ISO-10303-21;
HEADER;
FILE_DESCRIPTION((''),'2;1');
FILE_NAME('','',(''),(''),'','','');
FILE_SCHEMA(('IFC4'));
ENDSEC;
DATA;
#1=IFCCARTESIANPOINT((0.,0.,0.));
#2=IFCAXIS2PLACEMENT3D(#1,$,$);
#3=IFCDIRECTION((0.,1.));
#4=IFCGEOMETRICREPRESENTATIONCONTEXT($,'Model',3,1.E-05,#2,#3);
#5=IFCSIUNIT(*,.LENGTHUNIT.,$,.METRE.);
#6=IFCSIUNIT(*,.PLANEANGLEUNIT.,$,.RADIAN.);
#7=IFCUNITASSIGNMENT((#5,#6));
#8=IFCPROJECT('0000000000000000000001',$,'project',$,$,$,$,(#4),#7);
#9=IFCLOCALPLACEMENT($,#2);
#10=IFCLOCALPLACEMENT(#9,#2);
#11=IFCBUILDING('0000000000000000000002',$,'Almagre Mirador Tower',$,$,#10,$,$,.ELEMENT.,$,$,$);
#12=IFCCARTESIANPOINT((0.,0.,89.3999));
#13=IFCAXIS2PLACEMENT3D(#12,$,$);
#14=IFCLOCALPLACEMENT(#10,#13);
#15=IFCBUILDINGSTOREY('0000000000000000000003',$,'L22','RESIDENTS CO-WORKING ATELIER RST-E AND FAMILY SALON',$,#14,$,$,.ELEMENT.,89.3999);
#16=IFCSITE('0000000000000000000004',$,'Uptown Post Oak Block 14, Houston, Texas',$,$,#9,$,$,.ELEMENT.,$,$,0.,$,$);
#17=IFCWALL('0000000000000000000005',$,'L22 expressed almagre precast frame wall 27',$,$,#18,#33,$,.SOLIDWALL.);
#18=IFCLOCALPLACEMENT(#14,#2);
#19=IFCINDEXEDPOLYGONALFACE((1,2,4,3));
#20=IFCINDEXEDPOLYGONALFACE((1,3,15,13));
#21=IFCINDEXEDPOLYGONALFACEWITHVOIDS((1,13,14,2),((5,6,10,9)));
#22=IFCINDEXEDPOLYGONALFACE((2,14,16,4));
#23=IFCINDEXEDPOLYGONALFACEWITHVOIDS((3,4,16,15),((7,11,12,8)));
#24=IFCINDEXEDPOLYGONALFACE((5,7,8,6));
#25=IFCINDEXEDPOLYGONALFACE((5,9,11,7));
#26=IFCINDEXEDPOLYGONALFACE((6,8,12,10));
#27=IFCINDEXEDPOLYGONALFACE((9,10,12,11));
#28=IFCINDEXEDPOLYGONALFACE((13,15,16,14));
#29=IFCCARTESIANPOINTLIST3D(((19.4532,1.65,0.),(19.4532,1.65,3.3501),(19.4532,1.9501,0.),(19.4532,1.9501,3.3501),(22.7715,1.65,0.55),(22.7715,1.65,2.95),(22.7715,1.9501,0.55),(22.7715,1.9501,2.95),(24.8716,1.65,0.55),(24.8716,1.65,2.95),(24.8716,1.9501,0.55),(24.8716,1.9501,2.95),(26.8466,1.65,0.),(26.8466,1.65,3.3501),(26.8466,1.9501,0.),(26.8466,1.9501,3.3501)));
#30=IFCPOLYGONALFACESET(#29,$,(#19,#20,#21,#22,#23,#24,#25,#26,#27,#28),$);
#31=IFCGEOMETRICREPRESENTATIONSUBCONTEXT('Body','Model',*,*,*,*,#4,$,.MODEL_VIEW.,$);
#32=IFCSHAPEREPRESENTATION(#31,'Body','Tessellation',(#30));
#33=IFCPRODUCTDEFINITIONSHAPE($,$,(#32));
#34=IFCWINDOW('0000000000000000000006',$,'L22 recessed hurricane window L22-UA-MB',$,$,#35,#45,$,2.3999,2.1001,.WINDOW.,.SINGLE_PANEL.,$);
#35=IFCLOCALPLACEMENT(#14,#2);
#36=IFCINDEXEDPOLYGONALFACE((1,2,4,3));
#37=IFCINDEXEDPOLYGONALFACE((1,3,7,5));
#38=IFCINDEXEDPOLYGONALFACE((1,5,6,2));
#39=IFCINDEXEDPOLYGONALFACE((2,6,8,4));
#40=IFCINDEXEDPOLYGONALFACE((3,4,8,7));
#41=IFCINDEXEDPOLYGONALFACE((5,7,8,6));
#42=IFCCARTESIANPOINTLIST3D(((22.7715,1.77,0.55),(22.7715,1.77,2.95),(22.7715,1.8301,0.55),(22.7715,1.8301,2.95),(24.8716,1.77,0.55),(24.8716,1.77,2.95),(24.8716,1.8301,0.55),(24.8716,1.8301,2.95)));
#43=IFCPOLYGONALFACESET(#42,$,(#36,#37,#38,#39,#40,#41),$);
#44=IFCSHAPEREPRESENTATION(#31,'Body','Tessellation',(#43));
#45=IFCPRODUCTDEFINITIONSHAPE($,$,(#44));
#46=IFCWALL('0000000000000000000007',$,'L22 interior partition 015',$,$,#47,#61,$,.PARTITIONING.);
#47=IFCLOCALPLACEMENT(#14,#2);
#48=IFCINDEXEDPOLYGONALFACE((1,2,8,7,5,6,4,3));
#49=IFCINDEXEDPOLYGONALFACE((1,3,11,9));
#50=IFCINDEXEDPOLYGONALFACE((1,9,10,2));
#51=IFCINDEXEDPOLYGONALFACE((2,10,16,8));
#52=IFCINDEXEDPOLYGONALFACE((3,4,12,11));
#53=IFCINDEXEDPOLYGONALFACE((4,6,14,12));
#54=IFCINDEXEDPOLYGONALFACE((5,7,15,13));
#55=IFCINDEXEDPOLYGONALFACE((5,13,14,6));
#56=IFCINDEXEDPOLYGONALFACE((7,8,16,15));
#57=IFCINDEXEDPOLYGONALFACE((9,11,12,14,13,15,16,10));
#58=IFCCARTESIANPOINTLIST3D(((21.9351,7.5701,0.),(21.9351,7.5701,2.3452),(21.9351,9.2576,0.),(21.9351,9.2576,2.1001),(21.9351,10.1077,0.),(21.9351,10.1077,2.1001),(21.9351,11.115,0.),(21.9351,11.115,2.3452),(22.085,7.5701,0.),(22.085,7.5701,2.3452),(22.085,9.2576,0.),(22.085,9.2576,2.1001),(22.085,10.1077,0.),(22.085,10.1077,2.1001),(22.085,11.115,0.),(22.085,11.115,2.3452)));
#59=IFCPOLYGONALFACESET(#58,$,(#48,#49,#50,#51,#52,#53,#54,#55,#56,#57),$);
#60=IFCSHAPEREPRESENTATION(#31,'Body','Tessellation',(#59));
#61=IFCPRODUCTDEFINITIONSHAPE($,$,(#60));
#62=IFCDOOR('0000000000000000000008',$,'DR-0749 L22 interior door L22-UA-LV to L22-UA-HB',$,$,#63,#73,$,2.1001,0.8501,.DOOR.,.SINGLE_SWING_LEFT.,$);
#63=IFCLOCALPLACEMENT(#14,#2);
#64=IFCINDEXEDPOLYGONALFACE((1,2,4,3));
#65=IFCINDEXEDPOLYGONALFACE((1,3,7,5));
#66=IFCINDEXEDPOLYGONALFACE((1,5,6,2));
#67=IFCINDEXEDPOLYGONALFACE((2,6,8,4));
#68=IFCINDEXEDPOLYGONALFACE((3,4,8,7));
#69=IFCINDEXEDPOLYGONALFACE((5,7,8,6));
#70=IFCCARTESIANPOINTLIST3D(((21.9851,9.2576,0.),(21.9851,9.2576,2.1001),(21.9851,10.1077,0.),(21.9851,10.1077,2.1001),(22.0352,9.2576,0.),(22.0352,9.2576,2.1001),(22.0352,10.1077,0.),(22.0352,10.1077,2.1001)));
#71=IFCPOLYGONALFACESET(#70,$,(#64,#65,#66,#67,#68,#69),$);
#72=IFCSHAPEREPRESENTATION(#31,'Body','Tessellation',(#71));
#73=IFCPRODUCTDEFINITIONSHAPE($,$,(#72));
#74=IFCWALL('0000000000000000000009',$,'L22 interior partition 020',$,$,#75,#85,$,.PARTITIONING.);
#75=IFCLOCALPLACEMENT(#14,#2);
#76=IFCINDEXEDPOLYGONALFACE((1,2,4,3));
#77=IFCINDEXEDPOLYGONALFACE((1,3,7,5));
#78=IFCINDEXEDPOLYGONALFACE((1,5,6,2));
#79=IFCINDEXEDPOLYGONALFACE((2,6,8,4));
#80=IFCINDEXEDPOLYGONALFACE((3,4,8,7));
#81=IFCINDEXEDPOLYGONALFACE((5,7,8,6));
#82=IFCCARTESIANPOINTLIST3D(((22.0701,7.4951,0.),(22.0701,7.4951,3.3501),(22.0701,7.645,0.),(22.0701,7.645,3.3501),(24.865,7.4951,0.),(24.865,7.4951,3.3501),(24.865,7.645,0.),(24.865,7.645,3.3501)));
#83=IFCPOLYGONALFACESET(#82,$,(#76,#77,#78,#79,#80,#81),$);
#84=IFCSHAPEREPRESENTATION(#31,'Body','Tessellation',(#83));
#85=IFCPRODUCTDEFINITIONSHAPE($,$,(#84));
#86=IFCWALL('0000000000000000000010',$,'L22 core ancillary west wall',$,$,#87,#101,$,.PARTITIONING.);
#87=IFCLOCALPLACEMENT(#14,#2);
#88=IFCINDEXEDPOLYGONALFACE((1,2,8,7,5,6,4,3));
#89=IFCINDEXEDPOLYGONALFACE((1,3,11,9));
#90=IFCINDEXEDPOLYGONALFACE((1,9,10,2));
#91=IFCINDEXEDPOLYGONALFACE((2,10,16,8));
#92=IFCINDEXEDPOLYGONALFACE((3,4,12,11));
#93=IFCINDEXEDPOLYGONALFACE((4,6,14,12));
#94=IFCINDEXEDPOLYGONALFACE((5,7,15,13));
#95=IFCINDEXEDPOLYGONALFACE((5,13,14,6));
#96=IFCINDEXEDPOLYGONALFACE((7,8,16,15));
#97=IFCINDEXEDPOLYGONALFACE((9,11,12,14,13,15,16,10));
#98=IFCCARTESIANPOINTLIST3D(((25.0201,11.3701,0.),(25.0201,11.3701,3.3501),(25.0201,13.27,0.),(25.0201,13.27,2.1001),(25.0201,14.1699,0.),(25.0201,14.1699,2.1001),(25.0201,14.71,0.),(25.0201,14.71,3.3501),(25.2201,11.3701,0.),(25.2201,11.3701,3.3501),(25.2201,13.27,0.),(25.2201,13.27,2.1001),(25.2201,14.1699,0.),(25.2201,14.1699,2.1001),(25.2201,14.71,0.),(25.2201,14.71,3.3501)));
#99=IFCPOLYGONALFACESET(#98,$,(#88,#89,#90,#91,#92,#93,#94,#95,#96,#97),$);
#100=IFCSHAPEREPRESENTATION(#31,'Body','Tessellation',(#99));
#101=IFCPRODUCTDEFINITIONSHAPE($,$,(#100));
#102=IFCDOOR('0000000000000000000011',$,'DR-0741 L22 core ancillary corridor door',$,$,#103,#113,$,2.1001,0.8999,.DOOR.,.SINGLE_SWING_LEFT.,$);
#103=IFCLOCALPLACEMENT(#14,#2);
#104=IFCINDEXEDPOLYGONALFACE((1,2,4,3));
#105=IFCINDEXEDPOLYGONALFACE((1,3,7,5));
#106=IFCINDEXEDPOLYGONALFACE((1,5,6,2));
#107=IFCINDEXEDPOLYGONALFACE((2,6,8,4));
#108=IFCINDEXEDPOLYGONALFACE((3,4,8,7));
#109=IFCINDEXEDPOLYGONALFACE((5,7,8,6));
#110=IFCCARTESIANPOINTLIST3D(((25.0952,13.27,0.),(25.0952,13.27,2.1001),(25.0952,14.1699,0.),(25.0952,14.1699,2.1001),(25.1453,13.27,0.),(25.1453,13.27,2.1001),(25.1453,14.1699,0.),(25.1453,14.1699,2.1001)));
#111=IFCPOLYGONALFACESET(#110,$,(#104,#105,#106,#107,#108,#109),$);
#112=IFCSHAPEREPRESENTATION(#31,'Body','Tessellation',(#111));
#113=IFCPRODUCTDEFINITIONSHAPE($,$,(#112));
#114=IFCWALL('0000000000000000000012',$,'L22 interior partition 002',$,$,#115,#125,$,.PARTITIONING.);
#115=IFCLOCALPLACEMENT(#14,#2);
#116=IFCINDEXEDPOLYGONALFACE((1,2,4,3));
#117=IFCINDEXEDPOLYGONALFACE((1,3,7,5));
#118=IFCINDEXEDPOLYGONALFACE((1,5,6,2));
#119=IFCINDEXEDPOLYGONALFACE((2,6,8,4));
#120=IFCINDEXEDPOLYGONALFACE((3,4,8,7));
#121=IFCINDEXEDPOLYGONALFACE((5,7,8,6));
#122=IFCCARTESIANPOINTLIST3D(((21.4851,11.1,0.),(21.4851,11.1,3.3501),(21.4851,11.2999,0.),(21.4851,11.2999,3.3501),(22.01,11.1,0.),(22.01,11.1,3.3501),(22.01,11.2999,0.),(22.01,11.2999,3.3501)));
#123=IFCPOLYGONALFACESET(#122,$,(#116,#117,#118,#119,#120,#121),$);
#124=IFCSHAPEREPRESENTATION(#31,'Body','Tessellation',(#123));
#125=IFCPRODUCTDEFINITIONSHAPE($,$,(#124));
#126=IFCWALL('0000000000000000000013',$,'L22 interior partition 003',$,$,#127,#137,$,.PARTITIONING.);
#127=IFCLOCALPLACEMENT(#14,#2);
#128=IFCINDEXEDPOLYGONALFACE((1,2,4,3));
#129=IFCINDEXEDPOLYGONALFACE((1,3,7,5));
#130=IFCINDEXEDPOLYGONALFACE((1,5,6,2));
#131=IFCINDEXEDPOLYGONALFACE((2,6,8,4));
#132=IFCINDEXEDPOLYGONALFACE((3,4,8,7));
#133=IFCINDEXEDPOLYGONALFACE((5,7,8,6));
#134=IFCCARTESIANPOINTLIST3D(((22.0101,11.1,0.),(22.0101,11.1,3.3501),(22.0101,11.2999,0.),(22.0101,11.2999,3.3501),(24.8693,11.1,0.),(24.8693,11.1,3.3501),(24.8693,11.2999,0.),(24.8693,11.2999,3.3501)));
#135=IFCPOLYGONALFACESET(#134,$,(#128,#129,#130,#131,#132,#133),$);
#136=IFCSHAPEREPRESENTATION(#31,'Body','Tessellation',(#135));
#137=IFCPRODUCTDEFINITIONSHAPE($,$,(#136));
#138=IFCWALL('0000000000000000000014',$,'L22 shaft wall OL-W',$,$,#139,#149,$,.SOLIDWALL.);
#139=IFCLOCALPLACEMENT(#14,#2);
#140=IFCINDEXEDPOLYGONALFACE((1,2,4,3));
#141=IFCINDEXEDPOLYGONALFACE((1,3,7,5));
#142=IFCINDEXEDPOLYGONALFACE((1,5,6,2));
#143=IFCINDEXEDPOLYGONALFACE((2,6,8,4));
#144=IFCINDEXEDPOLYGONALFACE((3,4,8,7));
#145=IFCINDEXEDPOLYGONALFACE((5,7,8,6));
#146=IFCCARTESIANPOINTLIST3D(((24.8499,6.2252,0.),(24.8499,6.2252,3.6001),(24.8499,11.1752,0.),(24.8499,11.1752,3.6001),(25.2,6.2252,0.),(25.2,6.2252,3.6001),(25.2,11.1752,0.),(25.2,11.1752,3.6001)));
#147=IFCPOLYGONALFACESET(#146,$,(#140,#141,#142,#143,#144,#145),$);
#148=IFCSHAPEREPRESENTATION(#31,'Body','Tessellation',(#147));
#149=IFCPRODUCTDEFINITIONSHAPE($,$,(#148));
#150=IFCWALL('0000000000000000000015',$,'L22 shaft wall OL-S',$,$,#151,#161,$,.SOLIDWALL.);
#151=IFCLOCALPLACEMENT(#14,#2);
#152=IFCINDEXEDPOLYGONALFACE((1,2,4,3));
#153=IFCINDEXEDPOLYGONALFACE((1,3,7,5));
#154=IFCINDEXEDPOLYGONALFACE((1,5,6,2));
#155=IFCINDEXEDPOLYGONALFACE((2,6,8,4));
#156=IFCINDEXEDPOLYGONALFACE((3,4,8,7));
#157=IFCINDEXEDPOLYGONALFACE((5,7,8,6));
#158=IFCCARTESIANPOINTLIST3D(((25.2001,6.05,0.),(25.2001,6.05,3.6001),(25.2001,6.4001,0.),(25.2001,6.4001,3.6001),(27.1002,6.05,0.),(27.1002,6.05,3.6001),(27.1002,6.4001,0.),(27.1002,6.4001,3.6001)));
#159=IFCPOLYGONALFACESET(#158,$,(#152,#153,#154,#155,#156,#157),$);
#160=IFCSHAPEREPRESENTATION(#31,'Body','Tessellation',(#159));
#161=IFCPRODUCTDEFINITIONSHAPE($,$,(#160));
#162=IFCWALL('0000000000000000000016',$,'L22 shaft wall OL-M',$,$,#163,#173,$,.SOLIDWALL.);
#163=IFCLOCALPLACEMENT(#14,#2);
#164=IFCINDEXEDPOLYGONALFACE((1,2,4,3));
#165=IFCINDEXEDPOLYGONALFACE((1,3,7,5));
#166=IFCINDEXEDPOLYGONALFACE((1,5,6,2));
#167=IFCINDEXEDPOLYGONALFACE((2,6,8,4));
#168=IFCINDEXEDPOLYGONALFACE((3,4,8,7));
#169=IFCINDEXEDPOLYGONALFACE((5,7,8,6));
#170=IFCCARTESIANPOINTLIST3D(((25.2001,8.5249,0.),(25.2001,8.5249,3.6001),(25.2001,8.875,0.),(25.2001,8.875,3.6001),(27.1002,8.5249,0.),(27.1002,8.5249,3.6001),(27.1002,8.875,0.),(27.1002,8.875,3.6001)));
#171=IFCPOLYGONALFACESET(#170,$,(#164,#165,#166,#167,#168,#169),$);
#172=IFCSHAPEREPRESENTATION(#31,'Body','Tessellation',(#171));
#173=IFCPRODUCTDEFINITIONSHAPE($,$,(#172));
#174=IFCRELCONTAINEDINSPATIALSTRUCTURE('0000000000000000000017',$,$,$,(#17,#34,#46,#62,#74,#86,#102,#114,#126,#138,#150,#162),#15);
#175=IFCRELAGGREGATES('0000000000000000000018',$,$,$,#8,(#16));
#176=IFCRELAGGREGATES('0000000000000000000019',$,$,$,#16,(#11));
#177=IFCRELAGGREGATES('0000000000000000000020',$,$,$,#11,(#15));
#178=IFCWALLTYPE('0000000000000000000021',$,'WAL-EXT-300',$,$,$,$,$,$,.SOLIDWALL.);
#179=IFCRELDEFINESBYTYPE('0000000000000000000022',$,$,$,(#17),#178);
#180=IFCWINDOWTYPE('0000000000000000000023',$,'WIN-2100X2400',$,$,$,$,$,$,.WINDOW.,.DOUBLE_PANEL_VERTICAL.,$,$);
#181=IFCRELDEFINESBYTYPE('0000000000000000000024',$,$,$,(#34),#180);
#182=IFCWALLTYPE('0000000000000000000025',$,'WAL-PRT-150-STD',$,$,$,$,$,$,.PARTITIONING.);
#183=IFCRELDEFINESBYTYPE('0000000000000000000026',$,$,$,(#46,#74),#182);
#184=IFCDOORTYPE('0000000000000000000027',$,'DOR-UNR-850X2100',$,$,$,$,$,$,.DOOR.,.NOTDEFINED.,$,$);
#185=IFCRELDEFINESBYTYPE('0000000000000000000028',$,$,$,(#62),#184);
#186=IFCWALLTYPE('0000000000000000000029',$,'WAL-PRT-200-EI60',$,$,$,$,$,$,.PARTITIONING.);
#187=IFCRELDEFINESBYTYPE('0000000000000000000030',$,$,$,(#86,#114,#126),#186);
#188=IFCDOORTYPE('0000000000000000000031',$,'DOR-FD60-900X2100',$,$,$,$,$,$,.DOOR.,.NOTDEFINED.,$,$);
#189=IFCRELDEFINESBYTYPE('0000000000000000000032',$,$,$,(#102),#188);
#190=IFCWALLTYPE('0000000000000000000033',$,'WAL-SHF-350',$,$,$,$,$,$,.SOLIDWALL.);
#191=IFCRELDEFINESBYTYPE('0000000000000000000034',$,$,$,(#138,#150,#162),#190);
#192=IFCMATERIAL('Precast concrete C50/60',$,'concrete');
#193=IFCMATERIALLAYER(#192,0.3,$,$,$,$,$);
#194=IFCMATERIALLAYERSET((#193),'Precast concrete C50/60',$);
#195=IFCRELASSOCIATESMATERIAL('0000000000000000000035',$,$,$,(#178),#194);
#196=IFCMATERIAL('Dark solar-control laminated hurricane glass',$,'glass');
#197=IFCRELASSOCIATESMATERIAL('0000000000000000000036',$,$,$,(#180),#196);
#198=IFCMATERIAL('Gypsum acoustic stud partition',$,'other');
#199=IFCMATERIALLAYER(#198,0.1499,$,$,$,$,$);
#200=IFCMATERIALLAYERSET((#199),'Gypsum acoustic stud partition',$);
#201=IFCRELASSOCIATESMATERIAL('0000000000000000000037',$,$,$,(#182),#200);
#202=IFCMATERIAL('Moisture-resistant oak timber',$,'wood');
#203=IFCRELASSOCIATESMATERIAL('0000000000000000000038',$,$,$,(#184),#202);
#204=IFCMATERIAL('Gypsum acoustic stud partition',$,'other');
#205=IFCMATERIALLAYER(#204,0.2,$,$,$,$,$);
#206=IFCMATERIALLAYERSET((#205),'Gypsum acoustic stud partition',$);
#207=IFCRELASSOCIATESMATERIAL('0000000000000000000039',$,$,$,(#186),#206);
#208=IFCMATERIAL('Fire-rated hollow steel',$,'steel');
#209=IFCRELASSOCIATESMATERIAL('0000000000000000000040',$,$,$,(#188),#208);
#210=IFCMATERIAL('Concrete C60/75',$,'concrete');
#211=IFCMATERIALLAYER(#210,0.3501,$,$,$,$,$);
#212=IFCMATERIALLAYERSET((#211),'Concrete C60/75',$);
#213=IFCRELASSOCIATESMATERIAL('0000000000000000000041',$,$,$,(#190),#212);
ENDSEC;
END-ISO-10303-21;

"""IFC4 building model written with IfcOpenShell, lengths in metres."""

from ifc_helpers import new_model, si_unit, direction, frame, frame_2d, origin, place, context, subcontext, project, spatial, rectangle, extrude, material, layer, layer_set, type_object, element, fill, save


model = new_model("IFC4")

# Units and contexts
model_context = context("Model", 3, precision=1e-05, world=origin(), true_north=direction((0.0, 1.0)))
body_context = subcontext(model_context, "Body", "Model", "MODEL_VIEW")
ifc_project = project(units=[si_unit("LENGTHUNIT", "METRE"), si_unit("PLANEANGLEUNIT", "RADIAN")], contexts=[model_context])

# Site, building, storey
site_placement = place(None, origin())
site = spatial("IfcSite", under=ifc_project, at=site_placement, Name="Uptown Post Oak Block 14, Houston, Texas", CompositionType="ELEMENT", RefElevation=0.0)
building_placement = place(site_placement, origin())
building = spatial("IfcBuilding", under=site, at=building_placement, Name="Almagre Mirador Tower", CompositionType="ELEMENT")
storey_placement = place(building_placement, frame((0.0, 0.0, 89.3999)))
storey = spatial("IfcBuildingStorey", under=building, at=storey_placement, Name="L22", Description="RESIDENTS CO-WORKING ATELIER RST-E AND FAMILY SALON", CompositionType="ELEMENT", Elevation=89.3999)

# Wall, opening, window
ifc_material_1 = material(Name="Precast concrete C50/60", Category="concrete")
ifc_layer_1 = layer(ifc_material_1, 0.3)
ifc_layer_set_1 = layer_set([ifc_layer_1], Name="Precast concrete C50/60")
wall_type_1 = type_object("IfcWallType", Name="WAL-EXT-300", PredefinedType="SOLIDWALL", material=ifc_layer_set_1)
wall_1_placement = place(storey_placement, frame((26.8467, 1.8, 0.0), z_axis=(0.0, 0.0, 1.0), x_axis=(-1.0, 0.0, 0.0)))
wall_1 = element("IfcWall", 1, at=wall_1_placement, inside=storey, type_object=wall_type_1, Name="L22 expressed almagre precast frame wall 27", PredefinedType="SOLIDWALL", context=body_context, shape_type="SweptSolid", body=[
    extrude(rectangle(XDim=7.3933, YDim=0.3, at=frame_2d((3.6968, 0.0))), origin(), (0.0, 0.0, 1.0), 3.3501),
])
opening_1_placement = place(wall_1_placement, frame((1.9751, 0.0, 0.55)))
opening_1 = element("IfcOpeningElement", 2, at=opening_1_placement, cuts=wall_1, PredefinedType="OPENING", context=body_context, shape_type="SweptSolid", body=[
    extrude(rectangle(XDim=2.1001, YDim=2.3999, at=frame_2d((1.05, 1.2))), frame((0.0, 0.1599, 0.0), z_axis=(0.0, -1.0, 0.0), x_axis=(1.0, 0.0, 0.0)), (0.0, 0.0, 1.0), 0.32),
])
ifc_material_2 = material(Name="Dark solar-control laminated hurricane glass", Category="glass")
window_type = type_object("IfcWindowType", Name="WIN-2100X2400", PartitioningType="DOUBLE_PANEL_VERTICAL", PredefinedType="WINDOW", material=ifc_material_2)
window_placement = place(opening_1_placement, origin())
window = element("IfcWindow", 3, at=window_placement, inside=storey, type_object=window_type, Name="L22 recessed hurricane window L22-UA-MB", OverallHeight=2.3999, OverallWidth=2.1001, PartitioningType="SINGLE_PANEL", PredefinedType="WINDOW", context=body_context, shape_type="SweptSolid", body=[
    extrude(rectangle(XDim=2.1001, YDim=2.3999, at=frame_2d((1.05, 1.2))), frame((0.0, 0.03, 0.0), z_axis=(0.0, -1.0, 0.0), x_axis=(1.0, 0.0, 0.0)), (0.0, 0.0, 1.0), 0.0601),
])
fill(opening_1, window)

# Wall, opening, door
ifc_material_3 = material(Name="Gypsum acoustic stud partition", Category="other")
ifc_layer_2 = layer(ifc_material_3, 0.1499)
ifc_layer_set_2 = layer_set([ifc_layer_2], Name="Gypsum acoustic stud partition")
wall_type_2 = type_object("IfcWallType", Name="WAL-PRT-150-STD", PredefinedType="PARTITIONING", material=ifc_layer_set_2)
wall_2_placement = place(storey_placement, frame((22.01, 7.5701, 0.0), z_axis=(0.0, 0.0, 1.0), x_axis=(0.0, 1.0, 0.0)))
wall_2 = element("IfcWall", 4, at=wall_2_placement, inside=storey, type_object=wall_type_2, Name="L22 interior partition 015", PredefinedType="PARTITIONING", context=body_context, shape_type="SweptSolid", body=[
    extrude(rectangle(XDim=3.5449, YDim=0.1499, at=frame_2d((1.7725, 0.0))), origin(), (0.0, 0.0, 1.0), 2.3452),
])
opening_2_placement = place(wall_2_placement, frame((1.6875, 0.0, 0.0)))
opening_2 = element("IfcOpeningElement", 5, at=opening_2_placement, cuts=wall_2, PredefinedType="OPENING", context=body_context, shape_type="SweptSolid", body=[
    extrude(rectangle(XDim=0.8501, YDim=2.1001, at=frame_2d((0.425, 1.05))), frame((0.0, 0.085, 0.0), z_axis=(0.0, -1.0, 0.0), x_axis=(1.0, 0.0, 0.0)), (0.0, 0.0, 1.0), 0.1699),
])
ifc_material_4 = material(Name="Moisture-resistant oak timber", Category="wood")
door_type_1 = type_object("IfcDoorType", Name="DOR-UNR-850X2100", OperationType="NOTDEFINED", PredefinedType="DOOR", material=ifc_material_4)
door_1_placement = place(opening_2_placement, origin())
door_1 = element("IfcDoor", 6, at=door_1_placement, inside=storey, type_object=door_type_1, Name="DR-0749 L22 interior door L22-UA-LV to L22-UA-HB", OperationType="SINGLE_SWING_LEFT", OverallHeight=2.1001, OverallWidth=0.8501, PredefinedType="DOOR", context=body_context, shape_type="SweptSolid", body=[
    extrude(rectangle(XDim=0.8501, YDim=2.1001, at=frame_2d((0.425, 1.05))), frame((0.0, 0.0249, 0.0), z_axis=(0.0, -1.0, 0.0), x_axis=(1.0, 0.0, 0.0)), (0.0, 0.0, 1.0), 0.05),
])
fill(opening_2, door_1)

# Wall
wall_3_placement = place(storey_placement, frame((22.0701, 7.5701, 0.0), z_axis=(0.0, 0.0, 1.0), x_axis=(1.0, 0.0, 0.0)))
element("IfcWall", 7, at=wall_3_placement, inside=storey, type_object=wall_type_2, Name="L22 interior partition 020", PredefinedType="PARTITIONING", context=body_context, shape_type="SweptSolid", body=[
    extrude(rectangle(XDim=2.7949, YDim=0.1499, at=frame_2d((1.3975, 0.0))), origin(), (0.0, 0.0, 1.0), 3.3501),
])

# Wall, opening, door
ifc_material_5 = material(Name="Gypsum acoustic stud partition", Category="other")
ifc_layer_3 = layer(ifc_material_5, 0.2)
ifc_layer_set_3 = layer_set([ifc_layer_3], Name="Gypsum acoustic stud partition")
wall_type_3 = type_object("IfcWallType", Name="WAL-PRT-200-EI60", PredefinedType="PARTITIONING", material=ifc_layer_set_3)
wall_4_placement = place(storey_placement, frame((25.1201, 11.3701, 0.0), z_axis=(0.0, 0.0, 1.0), x_axis=(0.0, 1.0, 0.0)))
wall_4 = element("IfcWall", 8, at=wall_4_placement, inside=storey, type_object=wall_type_3, Name="L22 core ancillary west wall", PredefinedType="PARTITIONING", context=body_context, shape_type="SweptSolid", body=[
    extrude(rectangle(XDim=3.3398, YDim=0.2, at=frame_2d((1.6699, 0.0))), origin(), (0.0, 0.0, 1.0), 3.3501),
])
opening_3_placement = place(wall_4_placement, frame((1.8999, 0.0, 0.0)))
opening_3 = element("IfcOpeningElement", 9, at=opening_3_placement, cuts=wall_4, PredefinedType="OPENING", context=body_context, shape_type="SweptSolid", body=[
    extrude(rectangle(XDim=0.8999, YDim=2.1001, at=frame_2d((0.45, 1.05))), frame((0.0, 0.1101, 0.0), z_axis=(0.0, -1.0, 0.0), x_axis=(1.0, 0.0, 0.0)), (0.0, 0.0, 1.0), 0.22),
])
ifc_material_6 = material(Name="Fire-rated hollow steel", Category="steel")
door_type_2 = type_object("IfcDoorType", Name="DOR-FD60-900X2100", OperationType="NOTDEFINED", PredefinedType="DOOR", material=ifc_material_6)
door_2_placement = place(opening_3_placement, origin())
door_2 = element("IfcDoor", 10, at=door_2_placement, inside=storey, type_object=door_type_2, Name="DR-0741 L22 core ancillary corridor door", OperationType="SINGLE_SWING_LEFT", OverallHeight=2.1001, OverallWidth=0.8999, PredefinedType="DOOR", context=body_context, shape_type="SweptSolid", body=[
    extrude(rectangle(XDim=0.8999, YDim=2.1001, at=frame_2d((0.45, 1.05))), frame((0.0, 0.0249, 0.0), z_axis=(0.0, -1.0, 0.0), x_axis=(1.0, 0.0, 0.0)), (0.0, 0.0, 1.0), 0.05),
])
fill(opening_3, door_2)

# Walls
wall_5_placement = place(storey_placement, frame((21.4851, 11.2, 0.0), z_axis=(0.0, 0.0, 1.0), x_axis=(1.0, 0.0, 0.0)))
element("IfcWall", 11, at=wall_5_placement, inside=storey, type_object=wall_type_3, Name="L22 interior partition 002", PredefinedType="PARTITIONING", context=body_context, shape_type="SweptSolid", body=[
    extrude(rectangle(XDim=0.5249, YDim=0.2, at=frame_2d((0.2625, 0.0))), origin(), (0.0, 0.0, 1.0), 3.3501),
])
wall_6_placement = place(storey_placement, frame((22.01, 11.2, 0.0), z_axis=(0.0, 0.0, 1.0), x_axis=(1.0, 0.0, 0.0)))
element("IfcWall", 12, at=wall_6_placement, inside=storey, type_object=wall_type_3, Name="L22 interior partition 003", PredefinedType="PARTITIONING", context=body_context, shape_type="SweptSolid", body=[
    extrude(rectangle(XDim=2.8591, YDim=0.2, at=frame_2d((1.4297, 0.0))), origin(), (0.0, 0.0, 1.0), 3.3501),
])
ifc_material_7 = material(Name="Concrete C60/75", Category="concrete")
ifc_layer_4 = layer(ifc_material_7, 0.3501)
ifc_layer_set_4 = layer_set([ifc_layer_4], Name="Concrete C60/75")
wall_type_4 = type_object("IfcWallType", Name="WAL-SHF-350", PredefinedType="SOLIDWALL", material=ifc_layer_set_4)
wall_7_placement = place(storey_placement, frame((25.0249, 6.2251, 0.0), z_axis=(0.0, 0.0, 1.0), x_axis=(0.0, 1.0, 0.0)))
element("IfcWall", 13, at=wall_7_placement, inside=storey, type_object=wall_type_4, Name="L22 shaft wall OL-W", PredefinedType="SOLIDWALL", context=body_context, shape_type="SweptSolid", body=[
    extrude(rectangle(XDim=4.95, YDim=0.3501, at=frame_2d((2.4751, 0.0))), origin(), (0.0, 0.0, 1.0), 3.6001),
])
for number, where, z_axis, x_axis, name in (
    (14, (25.2, 6.2251, 0.0), (0.0, 0.0, 1.0), (1.0, 0.0, 0.0), "L22 shaft wall OL-S"),
    (15, (25.2, 8.7, 0.0), (0.0, 0.0, 1.0), (1.0, 0.0, 0.0), "L22 shaft wall OL-M"),
):
    element("IfcWall", number, at=place(storey_placement, frame(where, z_axis=z_axis, x_axis=x_axis)), inside=storey, type_object=wall_type_4, Name=name, PredefinedType="SOLIDWALL", context=body_context, shape_type="SweptSolid", body=[
        extrude(rectangle(XDim=1.9001, YDim=0.3501, at=frame_2d((0.9502, 0.0))), origin(), (0.0, 0.0, 1.0), 3.6001),
    ])

save(model, "model.ifc")
